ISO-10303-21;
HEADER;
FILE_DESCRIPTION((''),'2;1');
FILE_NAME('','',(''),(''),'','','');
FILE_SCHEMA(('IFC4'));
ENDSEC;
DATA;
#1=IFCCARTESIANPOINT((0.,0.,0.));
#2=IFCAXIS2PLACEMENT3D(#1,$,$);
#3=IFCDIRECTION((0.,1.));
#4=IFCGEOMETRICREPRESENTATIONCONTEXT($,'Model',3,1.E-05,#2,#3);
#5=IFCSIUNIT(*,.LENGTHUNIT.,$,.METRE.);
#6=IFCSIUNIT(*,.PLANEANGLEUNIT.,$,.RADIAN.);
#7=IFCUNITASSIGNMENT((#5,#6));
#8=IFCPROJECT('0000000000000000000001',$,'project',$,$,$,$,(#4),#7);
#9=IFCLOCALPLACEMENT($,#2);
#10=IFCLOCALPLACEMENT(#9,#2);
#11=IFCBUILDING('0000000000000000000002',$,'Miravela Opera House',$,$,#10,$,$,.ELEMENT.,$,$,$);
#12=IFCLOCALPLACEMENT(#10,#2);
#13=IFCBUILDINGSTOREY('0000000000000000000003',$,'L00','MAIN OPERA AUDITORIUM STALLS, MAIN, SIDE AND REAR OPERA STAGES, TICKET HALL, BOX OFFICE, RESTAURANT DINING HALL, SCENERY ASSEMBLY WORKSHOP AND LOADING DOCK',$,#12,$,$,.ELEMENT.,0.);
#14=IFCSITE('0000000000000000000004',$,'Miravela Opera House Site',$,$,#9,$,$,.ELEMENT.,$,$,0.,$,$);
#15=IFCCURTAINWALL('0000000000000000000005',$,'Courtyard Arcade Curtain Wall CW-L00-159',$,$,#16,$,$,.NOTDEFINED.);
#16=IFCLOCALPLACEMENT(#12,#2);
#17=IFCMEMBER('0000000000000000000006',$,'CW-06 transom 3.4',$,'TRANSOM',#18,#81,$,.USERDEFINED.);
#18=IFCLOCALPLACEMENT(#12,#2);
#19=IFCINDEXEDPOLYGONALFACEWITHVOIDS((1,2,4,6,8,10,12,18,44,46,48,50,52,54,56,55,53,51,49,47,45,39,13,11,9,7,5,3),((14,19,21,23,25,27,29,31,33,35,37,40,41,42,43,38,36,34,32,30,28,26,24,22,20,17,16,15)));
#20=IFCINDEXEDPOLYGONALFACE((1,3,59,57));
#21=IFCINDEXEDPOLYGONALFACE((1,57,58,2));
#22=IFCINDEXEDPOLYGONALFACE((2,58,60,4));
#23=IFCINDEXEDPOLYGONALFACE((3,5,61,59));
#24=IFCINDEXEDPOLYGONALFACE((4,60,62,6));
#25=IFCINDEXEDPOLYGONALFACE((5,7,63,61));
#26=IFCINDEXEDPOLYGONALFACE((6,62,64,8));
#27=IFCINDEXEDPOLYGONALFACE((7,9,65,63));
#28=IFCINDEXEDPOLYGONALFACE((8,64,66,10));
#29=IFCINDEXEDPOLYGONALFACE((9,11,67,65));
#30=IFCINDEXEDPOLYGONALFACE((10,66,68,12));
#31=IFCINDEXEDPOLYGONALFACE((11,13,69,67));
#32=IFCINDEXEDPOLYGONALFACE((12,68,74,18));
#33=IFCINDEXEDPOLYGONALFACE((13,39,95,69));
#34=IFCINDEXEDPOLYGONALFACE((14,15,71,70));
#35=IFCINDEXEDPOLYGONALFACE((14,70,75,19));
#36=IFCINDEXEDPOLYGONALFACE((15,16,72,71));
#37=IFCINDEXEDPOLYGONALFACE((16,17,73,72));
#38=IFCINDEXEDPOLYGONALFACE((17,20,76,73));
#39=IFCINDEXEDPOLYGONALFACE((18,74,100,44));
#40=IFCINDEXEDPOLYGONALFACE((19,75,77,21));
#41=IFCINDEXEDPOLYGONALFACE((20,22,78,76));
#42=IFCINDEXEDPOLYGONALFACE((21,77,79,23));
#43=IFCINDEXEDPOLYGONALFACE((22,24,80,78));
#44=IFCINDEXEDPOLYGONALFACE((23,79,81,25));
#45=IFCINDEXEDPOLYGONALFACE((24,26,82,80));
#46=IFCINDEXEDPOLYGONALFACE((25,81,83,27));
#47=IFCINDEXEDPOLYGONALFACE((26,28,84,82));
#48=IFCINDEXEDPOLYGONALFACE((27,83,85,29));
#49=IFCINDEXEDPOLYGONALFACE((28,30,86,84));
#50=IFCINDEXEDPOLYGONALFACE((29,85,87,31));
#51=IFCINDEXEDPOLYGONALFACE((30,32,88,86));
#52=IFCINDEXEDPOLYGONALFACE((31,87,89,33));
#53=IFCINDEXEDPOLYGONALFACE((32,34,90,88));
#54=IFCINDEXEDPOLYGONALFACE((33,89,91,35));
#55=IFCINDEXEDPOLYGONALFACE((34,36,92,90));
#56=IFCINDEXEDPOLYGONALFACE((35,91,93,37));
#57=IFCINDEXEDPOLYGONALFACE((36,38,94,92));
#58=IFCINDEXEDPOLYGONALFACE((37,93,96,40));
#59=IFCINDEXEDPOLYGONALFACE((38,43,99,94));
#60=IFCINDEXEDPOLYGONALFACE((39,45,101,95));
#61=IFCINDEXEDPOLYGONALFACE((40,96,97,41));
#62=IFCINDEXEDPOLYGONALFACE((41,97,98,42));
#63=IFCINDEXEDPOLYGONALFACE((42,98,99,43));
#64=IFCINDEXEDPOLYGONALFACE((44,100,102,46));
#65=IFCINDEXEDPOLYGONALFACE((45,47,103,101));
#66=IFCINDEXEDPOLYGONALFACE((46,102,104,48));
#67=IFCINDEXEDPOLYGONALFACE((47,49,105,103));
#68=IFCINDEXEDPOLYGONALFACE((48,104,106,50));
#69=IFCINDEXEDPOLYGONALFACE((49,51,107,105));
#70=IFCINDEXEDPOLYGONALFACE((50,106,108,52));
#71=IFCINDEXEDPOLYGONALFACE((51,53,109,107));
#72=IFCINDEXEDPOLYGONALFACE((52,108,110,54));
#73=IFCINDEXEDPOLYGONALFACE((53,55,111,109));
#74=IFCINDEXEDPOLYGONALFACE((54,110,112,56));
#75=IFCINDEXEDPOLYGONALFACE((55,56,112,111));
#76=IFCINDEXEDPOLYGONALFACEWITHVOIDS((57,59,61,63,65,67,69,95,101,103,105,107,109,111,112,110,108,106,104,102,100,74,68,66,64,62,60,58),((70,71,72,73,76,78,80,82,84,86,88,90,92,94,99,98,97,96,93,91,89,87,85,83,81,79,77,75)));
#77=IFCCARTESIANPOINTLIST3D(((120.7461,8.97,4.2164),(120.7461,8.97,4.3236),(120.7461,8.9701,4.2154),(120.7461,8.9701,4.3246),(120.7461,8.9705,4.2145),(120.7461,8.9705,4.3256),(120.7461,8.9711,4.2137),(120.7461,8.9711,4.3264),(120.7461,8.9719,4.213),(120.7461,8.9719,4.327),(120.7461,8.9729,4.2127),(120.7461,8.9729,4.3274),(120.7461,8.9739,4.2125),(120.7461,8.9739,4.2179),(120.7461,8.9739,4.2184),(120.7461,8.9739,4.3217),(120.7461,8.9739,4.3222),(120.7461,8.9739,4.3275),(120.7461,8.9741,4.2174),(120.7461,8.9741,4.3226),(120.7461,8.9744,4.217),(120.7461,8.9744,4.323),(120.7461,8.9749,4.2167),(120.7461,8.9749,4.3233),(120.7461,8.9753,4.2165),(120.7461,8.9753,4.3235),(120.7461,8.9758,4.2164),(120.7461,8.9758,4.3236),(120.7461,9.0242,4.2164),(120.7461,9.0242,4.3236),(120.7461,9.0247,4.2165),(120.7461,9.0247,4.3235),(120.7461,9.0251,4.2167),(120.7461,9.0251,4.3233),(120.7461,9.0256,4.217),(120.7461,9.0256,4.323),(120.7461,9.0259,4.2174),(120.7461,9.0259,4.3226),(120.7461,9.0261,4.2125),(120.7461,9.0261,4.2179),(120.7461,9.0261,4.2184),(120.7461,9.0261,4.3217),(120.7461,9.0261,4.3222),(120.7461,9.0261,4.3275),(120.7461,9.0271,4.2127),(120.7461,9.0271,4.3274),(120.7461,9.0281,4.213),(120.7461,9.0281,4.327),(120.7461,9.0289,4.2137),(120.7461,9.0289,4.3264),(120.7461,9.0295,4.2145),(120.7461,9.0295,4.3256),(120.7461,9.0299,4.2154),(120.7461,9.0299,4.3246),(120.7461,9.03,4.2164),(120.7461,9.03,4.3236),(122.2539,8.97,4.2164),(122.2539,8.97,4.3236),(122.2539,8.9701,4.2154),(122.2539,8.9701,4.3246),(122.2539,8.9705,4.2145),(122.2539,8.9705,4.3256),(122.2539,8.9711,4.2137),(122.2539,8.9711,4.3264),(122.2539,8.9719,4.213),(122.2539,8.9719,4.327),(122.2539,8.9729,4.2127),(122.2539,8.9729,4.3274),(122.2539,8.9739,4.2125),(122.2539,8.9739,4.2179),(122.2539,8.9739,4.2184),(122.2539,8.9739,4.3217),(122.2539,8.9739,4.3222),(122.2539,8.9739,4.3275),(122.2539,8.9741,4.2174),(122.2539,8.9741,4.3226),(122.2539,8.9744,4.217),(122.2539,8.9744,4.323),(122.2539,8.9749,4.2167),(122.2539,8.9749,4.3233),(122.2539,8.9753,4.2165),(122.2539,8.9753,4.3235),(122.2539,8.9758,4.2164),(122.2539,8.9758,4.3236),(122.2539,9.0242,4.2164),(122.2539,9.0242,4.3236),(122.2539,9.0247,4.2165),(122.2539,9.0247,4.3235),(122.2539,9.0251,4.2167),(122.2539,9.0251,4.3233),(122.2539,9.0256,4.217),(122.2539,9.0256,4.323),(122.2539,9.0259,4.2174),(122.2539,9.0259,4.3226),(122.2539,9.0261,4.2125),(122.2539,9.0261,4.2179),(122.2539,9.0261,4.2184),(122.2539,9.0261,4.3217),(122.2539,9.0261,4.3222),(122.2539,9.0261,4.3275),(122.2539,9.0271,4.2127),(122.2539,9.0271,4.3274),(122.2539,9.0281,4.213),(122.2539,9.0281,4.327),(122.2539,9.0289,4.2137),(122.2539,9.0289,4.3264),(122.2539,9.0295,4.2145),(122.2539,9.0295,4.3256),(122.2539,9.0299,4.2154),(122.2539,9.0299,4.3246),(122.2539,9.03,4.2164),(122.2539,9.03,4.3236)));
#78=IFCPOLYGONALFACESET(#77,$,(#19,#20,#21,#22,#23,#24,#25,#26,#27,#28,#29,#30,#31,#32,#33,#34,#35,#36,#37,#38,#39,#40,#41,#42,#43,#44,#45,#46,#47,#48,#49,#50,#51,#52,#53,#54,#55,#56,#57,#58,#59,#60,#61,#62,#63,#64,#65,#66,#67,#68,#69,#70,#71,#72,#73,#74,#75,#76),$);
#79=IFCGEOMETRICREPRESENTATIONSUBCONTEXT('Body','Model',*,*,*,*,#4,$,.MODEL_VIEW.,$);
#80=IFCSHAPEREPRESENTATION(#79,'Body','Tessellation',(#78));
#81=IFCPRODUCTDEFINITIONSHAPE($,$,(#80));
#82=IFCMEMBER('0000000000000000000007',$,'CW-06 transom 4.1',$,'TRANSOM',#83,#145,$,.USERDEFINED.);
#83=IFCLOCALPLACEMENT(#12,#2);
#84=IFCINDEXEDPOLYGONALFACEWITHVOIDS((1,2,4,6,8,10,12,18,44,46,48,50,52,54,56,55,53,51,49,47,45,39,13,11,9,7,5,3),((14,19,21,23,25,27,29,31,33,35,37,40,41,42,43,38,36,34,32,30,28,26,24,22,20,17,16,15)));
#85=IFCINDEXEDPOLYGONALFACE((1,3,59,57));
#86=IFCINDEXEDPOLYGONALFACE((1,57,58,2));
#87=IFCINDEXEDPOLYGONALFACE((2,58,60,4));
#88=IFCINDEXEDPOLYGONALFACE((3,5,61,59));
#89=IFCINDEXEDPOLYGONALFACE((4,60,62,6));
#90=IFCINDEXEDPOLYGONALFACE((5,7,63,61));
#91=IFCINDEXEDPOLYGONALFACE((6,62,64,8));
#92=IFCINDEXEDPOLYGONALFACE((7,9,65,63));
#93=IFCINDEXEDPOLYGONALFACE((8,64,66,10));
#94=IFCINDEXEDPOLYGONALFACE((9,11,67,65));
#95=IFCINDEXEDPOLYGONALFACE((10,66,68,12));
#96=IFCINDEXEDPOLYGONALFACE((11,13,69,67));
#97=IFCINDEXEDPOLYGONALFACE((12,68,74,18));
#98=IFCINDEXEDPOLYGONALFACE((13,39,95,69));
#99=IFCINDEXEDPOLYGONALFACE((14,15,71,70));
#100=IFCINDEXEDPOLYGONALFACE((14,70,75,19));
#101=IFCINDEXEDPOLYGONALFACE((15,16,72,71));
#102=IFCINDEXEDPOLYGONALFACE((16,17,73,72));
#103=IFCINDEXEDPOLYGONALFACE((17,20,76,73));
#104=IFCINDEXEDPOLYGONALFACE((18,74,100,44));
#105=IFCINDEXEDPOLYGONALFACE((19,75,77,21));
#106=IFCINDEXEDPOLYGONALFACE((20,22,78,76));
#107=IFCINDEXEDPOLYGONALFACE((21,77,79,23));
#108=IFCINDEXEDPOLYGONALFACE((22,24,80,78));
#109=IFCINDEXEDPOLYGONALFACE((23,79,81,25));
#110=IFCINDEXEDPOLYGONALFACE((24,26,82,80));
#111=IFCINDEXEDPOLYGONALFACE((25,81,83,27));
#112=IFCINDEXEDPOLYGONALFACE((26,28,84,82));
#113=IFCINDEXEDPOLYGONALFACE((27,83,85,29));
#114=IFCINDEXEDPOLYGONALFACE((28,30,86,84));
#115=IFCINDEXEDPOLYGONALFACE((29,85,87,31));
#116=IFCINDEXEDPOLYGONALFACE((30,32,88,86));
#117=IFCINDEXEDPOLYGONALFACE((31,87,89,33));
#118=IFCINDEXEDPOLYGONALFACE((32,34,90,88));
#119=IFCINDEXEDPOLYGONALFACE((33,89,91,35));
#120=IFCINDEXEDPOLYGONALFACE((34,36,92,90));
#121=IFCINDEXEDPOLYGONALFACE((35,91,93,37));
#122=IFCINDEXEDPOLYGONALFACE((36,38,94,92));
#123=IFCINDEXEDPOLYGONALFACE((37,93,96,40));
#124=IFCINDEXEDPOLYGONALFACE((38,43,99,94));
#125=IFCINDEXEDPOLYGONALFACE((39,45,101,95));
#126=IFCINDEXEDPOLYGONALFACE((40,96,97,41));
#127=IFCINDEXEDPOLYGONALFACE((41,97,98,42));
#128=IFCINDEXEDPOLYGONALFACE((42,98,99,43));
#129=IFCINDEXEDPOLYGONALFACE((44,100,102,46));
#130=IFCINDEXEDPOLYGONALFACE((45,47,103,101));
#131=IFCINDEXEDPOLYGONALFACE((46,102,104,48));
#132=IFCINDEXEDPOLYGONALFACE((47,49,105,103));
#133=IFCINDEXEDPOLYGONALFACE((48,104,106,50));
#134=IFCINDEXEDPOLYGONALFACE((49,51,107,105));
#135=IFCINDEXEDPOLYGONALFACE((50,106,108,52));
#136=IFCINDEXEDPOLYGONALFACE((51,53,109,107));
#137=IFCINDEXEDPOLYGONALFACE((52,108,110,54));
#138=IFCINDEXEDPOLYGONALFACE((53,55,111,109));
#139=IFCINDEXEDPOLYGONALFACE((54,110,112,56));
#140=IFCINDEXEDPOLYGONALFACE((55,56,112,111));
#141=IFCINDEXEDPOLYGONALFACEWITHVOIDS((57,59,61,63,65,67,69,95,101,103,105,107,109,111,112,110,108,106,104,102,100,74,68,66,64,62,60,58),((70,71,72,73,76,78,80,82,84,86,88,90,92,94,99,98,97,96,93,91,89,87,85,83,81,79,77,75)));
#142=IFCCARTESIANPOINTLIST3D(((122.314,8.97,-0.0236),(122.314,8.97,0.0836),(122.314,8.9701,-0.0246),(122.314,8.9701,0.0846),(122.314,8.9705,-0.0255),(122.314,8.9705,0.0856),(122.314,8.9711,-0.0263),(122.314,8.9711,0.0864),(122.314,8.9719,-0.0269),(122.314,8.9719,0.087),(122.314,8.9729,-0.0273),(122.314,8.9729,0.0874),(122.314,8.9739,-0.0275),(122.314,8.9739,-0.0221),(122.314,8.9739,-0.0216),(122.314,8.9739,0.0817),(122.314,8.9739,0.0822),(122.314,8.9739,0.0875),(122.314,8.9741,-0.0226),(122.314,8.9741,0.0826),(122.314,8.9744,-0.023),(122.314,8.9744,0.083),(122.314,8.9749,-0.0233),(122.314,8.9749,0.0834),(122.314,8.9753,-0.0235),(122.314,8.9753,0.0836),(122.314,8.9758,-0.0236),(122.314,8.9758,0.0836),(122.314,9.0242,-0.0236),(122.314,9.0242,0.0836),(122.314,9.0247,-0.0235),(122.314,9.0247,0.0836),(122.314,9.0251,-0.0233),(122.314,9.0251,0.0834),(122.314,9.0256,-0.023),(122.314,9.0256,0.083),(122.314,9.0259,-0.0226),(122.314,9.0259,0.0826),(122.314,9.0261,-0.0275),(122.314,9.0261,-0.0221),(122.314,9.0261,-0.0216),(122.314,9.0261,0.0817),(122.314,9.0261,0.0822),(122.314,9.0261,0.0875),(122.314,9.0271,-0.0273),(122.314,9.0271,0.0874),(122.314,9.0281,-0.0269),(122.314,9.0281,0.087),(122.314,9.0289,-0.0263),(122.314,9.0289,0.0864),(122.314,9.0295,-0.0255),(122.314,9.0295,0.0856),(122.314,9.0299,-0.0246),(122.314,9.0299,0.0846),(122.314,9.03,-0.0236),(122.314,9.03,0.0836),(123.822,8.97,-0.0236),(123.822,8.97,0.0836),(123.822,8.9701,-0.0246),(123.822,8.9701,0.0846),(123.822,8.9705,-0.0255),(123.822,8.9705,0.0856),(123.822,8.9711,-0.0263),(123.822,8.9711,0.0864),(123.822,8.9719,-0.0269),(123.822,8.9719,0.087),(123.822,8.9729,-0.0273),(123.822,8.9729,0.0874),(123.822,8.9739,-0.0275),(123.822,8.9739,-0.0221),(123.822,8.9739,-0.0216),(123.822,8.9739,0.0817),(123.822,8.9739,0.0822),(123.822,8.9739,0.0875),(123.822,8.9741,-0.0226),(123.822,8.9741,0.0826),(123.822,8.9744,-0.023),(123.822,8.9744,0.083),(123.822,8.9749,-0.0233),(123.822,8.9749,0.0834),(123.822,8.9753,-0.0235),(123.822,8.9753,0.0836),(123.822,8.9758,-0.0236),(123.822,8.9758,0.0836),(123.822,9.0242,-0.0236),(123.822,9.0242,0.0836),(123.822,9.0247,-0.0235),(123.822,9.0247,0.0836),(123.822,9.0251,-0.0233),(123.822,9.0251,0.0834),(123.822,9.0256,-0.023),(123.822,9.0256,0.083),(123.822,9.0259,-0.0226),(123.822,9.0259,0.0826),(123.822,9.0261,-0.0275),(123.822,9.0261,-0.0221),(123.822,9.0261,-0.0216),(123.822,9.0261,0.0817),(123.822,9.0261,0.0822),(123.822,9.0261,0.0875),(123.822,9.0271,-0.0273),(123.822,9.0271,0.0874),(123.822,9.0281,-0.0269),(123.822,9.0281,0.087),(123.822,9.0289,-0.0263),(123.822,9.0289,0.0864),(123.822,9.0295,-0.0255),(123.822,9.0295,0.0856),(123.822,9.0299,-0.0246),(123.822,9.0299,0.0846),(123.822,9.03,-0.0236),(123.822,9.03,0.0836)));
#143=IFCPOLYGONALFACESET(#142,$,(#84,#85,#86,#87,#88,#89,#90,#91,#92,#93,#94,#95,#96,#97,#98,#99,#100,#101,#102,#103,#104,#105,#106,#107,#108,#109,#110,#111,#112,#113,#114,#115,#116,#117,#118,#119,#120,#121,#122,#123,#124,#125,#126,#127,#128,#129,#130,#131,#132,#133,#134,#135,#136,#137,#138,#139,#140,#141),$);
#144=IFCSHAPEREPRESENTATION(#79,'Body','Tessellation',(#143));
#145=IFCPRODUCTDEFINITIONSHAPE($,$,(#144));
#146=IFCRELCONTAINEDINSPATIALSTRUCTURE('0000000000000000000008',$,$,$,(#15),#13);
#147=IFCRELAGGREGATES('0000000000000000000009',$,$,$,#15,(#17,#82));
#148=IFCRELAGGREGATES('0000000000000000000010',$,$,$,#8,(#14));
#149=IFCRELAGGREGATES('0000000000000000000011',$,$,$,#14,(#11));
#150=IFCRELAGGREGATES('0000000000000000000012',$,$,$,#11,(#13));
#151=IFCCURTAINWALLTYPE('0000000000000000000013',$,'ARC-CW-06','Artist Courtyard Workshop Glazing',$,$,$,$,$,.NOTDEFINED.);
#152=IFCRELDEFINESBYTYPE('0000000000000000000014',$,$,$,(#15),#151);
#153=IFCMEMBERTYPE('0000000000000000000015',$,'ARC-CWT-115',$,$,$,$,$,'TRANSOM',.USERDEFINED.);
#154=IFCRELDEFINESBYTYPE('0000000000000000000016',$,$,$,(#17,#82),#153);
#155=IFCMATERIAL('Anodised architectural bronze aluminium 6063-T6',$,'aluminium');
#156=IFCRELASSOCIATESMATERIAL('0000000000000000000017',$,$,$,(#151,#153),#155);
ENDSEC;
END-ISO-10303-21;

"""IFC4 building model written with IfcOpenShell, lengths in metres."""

from ifc_helpers import new_model, si_unit, direction, frame, origin, origin_2d, place, context, subcontext, project, spatial, hollow_rectangle, extrude, material, material_profile, profile_set, type_object, element, aggregate, save


model = new_model("IFC4")

# Units and contexts
model_context = context("Model", 3, precision=1e-05, world=origin(), true_north=direction((0.0, 1.0)))
body_context = subcontext(model_context, "Body", "Model", "MODEL_VIEW")
ifc_project = project(units=[si_unit("LENGTHUNIT", "METRE"), si_unit("PLANEANGLEUNIT", "RADIAN")], contexts=[model_context])

# Site, building, storey
site_placement = place(None, origin())
site = spatial("IfcSite", under=ifc_project, at=site_placement, Name="Miravela Opera House Site", CompositionType="ELEMENT", RefElevation=0.0)
building_placement = place(site_placement, origin())
building = spatial("IfcBuilding", under=site, at=building_placement, Name="Miravela Opera House", CompositionType="ELEMENT")
storey_placement = place(building_placement, origin())
storey = spatial("IfcBuildingStorey", under=building, at=storey_placement, Name="L00", Description="MAIN OPERA AUDITORIUM STALLS, MAIN, SIDE AND REAR OPERA STAGES, TICKET HALL, BOX OFFICE, RESTAURANT DINING HALL, SCENERY ASSEMBLY WORKSHOP AND LOADING DOCK", CompositionType="ELEMENT", Elevation=0.0)

# Curtain wall, members
ifc_material_1 = material(Name="Anodised architectural bronze aluminium 6063-T6", Category="aluminium")
curtain_wall_type = type_object("IfcCurtainWallType", Name="ARC-CW-06", Description="Artist Courtyard Workshop Glazing", PredefinedType="NOTDEFINED", material=ifc_material_1)
curtain_wall_placement = place(storey_placement, origin())
curtain_wall = element("IfcCurtainWall", 1, at=curtain_wall_placement, inside=storey, type_object=curtain_wall_type, Name="Courtyard Arcade Curtain Wall CW-L00-159", PredefinedType="NOTDEFINED")
ifc_material_profile_1 = material_profile(ifc_material_1, hollow_rectangle(XDim=0.0601, YDim=0.115, WallThickness=0.0039, InnerFilletRadius=0.002, OuterFilletRadius=0.0039, at=origin_2d()), Name="CWT-60X115")
ifc_profile_set_1 = profile_set([ifc_material_profile_1])
member_type_1 = type_object("IfcMemberType", Name="ARC-CWT-115", ElementType="TRANSOM", PredefinedType="USERDEFINED", material=ifc_profile_set_1)
member_1_placement = place(storey_placement, frame((120.7461, 9.0, 4.27), z_axis=(1.0, 0.0, 0.0), x_axis=(0.0, 1.0, 0.0)))
member_1 = element("IfcMember", 2, at=member_1_placement, type_object=member_type_1, Name="CW-06 transom 3.4", ObjectType="TRANSOM", PredefinedType="USERDEFINED", context=body_context, shape_type="SweptSolid", body=[
    extrude(hollow_rectangle(XDim=0.0601, YDim=0.115, WallThickness=0.0039, InnerFilletRadius=0.002, OuterFilletRadius=0.0039, at=origin_2d()), origin(), (0.0, 0.0, 1.0), 1.5078),
])
member_2_placement = place(storey_placement, frame((122.314, 9.0, 0.03), z_axis=(1.0, 0.0, 0.0), x_axis=(0.0, 1.0, 0.0)))
member_2 = element("IfcMember", 3, at=member_2_placement, type_object=member_type_1, Name="CW-06 transom 4.1", ObjectType="TRANSOM", PredefinedType="USERDEFINED", context=body_context, shape_type="SweptSolid", body=[
    extrude(hollow_rectangle(XDim=0.0601, YDim=0.115, WallThickness=0.0039, InnerFilletRadius=0.002, OuterFilletRadius=0.0039, at=origin_2d()), origin(), (0.0, 0.0, 1.0), 1.5081),
])
aggregate(curtain_wall, [member_1, member_2])

save(model, "model.ifc")
